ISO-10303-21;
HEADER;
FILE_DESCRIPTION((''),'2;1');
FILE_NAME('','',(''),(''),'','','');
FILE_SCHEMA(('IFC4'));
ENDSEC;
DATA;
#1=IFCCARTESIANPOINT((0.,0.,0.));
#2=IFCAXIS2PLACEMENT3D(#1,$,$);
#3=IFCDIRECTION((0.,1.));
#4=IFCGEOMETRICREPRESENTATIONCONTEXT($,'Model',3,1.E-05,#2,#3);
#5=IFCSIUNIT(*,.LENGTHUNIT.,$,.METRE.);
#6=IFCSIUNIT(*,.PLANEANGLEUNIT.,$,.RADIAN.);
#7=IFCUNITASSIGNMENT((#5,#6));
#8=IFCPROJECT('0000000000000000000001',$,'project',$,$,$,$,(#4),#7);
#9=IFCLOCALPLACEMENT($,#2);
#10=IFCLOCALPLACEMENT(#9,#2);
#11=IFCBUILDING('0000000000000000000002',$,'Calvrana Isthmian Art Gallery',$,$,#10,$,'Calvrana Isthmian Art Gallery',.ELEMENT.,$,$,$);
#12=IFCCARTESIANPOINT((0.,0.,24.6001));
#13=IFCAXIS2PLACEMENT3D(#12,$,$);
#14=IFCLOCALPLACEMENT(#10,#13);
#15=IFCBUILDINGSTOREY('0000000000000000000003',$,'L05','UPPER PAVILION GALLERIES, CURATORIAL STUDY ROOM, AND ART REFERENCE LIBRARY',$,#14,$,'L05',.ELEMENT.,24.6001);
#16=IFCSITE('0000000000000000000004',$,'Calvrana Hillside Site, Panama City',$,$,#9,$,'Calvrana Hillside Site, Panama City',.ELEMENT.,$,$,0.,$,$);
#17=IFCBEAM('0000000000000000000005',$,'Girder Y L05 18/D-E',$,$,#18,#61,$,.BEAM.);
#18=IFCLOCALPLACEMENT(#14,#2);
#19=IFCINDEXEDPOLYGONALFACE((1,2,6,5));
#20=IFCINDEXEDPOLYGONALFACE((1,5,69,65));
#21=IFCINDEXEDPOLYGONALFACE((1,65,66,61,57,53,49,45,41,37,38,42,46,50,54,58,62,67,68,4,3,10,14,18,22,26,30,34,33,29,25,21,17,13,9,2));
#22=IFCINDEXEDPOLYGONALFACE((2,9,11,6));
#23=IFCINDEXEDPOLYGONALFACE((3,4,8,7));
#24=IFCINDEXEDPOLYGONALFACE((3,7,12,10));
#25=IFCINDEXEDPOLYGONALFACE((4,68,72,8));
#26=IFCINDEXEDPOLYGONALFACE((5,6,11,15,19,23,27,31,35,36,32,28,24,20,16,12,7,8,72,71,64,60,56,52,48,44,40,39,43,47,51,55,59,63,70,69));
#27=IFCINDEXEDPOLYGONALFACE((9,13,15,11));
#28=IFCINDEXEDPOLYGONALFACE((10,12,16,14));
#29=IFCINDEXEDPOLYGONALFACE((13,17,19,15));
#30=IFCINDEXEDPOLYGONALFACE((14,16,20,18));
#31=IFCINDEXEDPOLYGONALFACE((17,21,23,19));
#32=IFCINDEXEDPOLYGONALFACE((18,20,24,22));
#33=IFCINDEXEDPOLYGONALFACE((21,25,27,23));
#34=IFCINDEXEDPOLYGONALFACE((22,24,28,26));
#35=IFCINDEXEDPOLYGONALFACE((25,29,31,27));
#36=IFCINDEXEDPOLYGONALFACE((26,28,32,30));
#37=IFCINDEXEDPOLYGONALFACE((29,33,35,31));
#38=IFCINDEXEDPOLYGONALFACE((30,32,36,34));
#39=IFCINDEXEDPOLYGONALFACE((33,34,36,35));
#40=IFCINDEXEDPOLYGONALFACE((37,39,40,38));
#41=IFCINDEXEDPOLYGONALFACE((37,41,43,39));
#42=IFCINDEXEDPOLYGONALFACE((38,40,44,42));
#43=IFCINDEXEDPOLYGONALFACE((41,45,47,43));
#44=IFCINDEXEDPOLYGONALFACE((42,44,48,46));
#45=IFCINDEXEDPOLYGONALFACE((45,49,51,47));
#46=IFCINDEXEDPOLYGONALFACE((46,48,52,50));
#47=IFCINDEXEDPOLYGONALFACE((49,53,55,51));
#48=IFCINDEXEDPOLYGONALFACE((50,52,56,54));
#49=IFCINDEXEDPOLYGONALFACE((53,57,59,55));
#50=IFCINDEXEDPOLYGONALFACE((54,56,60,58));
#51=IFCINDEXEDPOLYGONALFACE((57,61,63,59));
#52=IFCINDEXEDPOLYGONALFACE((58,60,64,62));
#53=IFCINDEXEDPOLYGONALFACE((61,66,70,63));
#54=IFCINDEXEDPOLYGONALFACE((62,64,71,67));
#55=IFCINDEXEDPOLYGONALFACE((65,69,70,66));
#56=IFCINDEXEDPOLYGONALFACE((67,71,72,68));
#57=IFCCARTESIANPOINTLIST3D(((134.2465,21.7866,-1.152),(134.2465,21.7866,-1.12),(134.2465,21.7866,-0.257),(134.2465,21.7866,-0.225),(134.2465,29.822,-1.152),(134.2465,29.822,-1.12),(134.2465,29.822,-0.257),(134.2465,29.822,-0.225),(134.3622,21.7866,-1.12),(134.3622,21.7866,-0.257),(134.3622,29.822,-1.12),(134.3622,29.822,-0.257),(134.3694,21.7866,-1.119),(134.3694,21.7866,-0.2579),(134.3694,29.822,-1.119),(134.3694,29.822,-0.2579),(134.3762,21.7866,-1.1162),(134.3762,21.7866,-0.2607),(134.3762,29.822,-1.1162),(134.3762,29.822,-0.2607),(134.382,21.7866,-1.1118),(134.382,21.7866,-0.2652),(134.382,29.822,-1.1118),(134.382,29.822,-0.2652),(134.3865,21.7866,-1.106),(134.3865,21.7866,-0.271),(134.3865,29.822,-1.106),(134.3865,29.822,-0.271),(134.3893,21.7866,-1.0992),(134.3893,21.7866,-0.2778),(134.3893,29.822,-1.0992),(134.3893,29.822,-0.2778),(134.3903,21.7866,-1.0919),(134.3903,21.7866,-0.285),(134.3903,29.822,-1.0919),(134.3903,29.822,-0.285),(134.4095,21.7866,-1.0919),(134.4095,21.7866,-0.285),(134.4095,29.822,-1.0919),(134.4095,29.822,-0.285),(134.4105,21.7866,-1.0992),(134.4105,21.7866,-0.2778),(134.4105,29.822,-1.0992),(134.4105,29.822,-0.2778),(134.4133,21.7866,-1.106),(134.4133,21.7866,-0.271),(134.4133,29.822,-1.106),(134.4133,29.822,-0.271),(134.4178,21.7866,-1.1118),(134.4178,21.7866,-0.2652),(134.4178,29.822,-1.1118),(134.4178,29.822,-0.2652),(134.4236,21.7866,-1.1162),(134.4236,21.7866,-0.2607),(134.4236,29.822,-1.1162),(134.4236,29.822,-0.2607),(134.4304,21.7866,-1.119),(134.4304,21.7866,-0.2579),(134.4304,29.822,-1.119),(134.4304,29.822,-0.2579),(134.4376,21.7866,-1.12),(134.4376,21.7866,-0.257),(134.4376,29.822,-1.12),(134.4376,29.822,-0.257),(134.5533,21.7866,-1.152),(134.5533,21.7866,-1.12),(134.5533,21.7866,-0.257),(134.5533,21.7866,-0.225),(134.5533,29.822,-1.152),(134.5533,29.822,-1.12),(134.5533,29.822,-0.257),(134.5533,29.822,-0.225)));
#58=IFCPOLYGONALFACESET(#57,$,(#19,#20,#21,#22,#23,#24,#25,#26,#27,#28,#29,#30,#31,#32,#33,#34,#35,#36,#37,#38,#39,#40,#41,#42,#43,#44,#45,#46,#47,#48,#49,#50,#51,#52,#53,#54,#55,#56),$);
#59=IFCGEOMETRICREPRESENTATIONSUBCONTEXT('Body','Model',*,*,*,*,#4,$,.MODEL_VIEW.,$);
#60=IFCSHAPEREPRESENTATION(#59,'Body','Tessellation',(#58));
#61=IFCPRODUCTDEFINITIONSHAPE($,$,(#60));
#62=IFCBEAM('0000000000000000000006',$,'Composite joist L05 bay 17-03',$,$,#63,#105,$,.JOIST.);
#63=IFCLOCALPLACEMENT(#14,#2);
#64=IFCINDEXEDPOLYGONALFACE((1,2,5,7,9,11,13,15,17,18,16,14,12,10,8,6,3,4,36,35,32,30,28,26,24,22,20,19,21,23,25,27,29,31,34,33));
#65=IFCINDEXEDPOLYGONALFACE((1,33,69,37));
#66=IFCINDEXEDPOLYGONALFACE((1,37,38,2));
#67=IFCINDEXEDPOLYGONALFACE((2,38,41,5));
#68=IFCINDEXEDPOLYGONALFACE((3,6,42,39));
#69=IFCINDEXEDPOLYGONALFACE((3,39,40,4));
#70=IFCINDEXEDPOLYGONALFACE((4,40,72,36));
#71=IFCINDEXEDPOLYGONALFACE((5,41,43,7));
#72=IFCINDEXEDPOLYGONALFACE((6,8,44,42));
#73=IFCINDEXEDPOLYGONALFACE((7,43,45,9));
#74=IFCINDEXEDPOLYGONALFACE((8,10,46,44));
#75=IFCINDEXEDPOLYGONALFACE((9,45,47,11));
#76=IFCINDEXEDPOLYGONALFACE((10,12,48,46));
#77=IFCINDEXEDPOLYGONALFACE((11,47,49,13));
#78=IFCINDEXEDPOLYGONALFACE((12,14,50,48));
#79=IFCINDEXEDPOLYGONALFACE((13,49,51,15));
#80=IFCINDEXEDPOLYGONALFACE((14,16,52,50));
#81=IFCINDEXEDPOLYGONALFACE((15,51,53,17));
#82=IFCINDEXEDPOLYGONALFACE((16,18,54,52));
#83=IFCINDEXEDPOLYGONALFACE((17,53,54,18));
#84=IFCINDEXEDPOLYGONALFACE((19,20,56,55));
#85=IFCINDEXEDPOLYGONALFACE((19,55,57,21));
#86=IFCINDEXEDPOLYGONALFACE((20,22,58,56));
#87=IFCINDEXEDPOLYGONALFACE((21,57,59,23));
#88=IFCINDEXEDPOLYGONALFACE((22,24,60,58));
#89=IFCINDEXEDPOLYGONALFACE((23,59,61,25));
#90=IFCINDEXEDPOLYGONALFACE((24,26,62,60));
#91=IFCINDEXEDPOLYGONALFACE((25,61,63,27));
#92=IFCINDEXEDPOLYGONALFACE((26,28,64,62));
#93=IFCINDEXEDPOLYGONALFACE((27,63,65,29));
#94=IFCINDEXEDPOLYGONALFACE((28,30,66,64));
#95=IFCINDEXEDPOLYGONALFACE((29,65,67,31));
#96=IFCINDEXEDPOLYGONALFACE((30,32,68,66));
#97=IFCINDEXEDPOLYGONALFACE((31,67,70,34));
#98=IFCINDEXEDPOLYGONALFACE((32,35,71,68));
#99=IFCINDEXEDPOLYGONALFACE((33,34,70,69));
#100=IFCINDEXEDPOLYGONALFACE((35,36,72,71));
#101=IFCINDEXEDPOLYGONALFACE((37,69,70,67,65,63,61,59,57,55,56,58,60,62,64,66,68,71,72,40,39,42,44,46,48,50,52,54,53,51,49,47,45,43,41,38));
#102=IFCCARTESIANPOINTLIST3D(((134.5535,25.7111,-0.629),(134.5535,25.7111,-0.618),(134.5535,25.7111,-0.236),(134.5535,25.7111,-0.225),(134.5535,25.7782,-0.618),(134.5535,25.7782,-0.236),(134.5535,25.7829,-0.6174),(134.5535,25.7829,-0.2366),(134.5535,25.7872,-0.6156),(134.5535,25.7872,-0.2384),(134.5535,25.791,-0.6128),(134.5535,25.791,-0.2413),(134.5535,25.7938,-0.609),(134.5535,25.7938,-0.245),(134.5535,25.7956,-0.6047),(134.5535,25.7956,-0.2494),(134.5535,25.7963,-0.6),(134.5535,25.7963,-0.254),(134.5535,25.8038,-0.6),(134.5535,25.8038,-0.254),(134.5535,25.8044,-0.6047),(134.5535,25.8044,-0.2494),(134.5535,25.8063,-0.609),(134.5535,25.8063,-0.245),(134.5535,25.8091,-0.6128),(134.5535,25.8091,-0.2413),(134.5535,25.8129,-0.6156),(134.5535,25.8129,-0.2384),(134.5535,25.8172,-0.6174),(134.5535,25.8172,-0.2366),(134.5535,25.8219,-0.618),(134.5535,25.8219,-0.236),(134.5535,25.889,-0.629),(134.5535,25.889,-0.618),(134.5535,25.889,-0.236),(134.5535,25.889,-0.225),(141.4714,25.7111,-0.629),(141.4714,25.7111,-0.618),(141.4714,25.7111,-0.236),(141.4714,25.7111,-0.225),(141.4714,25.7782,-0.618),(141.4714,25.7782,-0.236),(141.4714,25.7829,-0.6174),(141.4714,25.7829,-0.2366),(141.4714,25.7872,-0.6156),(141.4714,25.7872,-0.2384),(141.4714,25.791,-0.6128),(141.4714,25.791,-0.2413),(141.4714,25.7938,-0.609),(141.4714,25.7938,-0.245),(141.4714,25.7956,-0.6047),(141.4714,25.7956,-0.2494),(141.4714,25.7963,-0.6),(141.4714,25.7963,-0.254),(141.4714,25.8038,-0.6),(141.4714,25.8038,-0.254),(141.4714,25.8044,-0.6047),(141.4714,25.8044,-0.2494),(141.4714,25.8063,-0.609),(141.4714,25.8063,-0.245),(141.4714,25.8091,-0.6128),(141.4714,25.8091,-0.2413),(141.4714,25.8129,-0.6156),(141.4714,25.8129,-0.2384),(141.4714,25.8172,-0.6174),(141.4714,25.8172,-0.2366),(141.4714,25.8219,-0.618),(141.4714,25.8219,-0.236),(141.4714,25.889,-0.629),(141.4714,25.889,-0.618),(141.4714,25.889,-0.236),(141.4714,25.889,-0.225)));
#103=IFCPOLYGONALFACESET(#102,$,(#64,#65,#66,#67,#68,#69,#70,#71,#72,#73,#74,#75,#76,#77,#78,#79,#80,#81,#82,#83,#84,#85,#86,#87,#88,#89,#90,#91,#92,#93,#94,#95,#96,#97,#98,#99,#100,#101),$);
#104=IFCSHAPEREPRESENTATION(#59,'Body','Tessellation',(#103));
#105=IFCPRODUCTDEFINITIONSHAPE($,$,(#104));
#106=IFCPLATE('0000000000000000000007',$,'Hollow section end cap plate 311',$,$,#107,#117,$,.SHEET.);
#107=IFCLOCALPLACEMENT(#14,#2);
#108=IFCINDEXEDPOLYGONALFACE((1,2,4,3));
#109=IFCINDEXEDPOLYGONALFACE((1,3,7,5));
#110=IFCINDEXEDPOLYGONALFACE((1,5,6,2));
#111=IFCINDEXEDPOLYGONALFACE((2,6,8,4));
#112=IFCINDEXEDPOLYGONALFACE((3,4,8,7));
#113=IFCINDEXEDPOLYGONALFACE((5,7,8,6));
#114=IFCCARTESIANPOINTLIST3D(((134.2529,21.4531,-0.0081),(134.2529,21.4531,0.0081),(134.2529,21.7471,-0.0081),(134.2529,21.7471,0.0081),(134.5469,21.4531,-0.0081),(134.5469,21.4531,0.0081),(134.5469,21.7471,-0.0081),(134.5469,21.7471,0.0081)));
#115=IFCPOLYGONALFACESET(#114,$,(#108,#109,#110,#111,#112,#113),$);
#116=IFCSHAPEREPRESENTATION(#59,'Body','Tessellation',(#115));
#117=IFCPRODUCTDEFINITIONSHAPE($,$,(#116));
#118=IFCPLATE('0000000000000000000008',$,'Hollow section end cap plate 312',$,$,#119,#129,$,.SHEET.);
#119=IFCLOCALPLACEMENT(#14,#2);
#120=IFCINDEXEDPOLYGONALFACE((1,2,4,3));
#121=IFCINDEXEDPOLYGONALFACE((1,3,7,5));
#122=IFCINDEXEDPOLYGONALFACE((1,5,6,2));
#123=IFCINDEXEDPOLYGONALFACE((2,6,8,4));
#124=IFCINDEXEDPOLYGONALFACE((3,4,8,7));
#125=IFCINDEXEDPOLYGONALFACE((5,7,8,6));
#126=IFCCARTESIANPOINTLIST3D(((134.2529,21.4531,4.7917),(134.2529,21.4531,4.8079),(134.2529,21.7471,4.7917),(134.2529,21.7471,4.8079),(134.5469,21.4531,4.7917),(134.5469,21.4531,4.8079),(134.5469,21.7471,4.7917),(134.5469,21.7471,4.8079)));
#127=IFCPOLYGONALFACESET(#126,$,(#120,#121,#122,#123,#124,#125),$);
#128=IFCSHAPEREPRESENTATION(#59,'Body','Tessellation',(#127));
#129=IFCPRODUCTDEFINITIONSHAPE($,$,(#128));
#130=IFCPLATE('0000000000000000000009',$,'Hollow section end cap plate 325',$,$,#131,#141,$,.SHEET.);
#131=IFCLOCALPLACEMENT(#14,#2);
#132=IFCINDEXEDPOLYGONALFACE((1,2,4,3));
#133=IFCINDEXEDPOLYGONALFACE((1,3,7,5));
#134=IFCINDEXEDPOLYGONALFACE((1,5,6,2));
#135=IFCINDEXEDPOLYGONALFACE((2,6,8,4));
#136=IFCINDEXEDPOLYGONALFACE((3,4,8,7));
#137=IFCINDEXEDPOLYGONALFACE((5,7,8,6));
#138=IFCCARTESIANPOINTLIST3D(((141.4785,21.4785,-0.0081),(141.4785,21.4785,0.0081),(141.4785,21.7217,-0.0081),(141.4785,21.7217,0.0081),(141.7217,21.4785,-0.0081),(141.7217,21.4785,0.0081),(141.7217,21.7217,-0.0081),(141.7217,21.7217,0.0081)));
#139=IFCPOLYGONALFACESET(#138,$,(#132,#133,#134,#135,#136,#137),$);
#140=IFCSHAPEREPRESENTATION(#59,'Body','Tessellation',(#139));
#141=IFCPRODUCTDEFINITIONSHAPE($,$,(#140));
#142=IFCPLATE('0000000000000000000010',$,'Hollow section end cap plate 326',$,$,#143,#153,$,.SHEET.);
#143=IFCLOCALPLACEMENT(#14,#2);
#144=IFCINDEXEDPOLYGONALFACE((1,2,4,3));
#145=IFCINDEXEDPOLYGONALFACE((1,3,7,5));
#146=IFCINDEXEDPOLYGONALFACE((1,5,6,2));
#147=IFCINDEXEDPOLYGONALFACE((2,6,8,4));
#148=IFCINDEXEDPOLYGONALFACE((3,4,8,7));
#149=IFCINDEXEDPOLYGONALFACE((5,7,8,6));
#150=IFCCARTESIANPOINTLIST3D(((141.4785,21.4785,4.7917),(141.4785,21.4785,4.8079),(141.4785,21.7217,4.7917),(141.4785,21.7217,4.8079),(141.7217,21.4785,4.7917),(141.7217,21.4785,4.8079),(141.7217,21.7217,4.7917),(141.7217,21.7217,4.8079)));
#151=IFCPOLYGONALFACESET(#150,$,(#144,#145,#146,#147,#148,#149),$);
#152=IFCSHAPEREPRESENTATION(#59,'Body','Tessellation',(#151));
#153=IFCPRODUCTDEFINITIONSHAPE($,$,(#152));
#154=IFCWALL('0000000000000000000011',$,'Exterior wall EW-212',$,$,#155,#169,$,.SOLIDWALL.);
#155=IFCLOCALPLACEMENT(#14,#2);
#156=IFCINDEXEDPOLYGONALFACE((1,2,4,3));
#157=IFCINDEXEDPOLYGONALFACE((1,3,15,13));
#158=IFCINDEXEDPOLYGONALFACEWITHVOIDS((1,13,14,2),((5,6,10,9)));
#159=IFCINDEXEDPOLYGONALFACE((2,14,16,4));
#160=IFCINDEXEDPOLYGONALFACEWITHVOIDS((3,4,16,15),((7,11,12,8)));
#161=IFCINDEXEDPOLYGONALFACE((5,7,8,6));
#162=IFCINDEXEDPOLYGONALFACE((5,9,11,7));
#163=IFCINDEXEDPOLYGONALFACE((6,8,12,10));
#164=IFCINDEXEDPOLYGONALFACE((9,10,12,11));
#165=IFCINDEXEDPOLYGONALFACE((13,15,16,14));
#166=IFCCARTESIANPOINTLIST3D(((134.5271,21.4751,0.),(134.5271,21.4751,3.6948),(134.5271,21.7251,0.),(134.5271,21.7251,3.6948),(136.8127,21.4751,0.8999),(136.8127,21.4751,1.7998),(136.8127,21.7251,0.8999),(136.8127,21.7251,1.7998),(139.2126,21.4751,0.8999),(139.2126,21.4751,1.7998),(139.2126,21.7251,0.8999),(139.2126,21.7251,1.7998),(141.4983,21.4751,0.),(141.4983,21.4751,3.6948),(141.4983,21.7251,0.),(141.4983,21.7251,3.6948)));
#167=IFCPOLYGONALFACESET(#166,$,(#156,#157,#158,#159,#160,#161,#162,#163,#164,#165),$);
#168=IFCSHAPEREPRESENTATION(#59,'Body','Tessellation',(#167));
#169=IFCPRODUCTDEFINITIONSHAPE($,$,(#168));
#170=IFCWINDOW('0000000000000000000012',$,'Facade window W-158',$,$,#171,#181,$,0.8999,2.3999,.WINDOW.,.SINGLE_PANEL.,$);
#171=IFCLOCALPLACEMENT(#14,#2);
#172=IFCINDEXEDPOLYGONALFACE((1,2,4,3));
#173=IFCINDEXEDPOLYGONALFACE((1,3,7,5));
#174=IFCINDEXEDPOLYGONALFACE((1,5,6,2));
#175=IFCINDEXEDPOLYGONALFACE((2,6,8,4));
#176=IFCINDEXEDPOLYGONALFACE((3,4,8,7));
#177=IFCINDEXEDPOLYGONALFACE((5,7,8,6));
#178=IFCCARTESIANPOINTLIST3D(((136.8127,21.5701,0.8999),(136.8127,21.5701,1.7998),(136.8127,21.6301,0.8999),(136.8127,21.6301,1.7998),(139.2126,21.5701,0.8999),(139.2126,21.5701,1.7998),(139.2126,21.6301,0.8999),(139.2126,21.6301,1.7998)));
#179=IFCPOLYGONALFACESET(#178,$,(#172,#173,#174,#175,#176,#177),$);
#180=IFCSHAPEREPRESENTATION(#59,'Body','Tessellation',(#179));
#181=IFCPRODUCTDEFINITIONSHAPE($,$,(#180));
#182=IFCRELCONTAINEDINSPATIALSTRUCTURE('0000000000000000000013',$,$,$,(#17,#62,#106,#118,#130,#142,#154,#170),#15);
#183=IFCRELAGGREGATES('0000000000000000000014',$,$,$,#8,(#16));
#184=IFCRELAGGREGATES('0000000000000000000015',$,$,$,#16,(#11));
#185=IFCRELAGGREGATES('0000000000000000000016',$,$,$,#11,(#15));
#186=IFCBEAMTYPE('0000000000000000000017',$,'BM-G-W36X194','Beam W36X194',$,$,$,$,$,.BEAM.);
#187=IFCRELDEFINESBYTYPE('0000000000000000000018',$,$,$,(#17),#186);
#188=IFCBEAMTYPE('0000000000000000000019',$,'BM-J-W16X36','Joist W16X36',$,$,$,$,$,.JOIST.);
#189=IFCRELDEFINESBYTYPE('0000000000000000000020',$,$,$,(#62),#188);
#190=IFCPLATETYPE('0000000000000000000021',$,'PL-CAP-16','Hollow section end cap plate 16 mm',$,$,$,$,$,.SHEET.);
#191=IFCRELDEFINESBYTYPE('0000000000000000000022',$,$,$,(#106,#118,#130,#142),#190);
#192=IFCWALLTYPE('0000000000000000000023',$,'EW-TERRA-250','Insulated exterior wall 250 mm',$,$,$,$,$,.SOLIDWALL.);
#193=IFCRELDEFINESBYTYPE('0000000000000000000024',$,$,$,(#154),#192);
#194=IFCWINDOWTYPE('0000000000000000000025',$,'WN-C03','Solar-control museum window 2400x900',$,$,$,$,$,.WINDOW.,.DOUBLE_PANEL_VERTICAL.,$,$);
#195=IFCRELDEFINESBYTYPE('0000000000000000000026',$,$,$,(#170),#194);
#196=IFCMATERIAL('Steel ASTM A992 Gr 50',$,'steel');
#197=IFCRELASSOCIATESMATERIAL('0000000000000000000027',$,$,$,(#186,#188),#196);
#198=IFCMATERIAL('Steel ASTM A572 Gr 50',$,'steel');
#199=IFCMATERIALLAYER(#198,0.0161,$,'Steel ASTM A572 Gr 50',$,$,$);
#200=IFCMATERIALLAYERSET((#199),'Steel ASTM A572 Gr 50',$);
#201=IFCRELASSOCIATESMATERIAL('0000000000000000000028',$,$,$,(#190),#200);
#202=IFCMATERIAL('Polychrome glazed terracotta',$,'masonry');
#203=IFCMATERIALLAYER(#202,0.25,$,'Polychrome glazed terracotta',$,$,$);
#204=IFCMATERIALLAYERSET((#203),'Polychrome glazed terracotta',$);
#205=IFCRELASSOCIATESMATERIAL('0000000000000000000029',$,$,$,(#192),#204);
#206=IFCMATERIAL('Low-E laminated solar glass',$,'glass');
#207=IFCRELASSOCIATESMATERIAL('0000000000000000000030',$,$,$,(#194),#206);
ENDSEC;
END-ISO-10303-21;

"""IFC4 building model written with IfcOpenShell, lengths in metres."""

from ifc_helpers import new_model, si_unit, direction, frame, frame_2d, origin, origin_2d, place, context, subcontext, project, spatial, rectangle, i_section, extrude, material, layer, layer_set, material_profile, profile_set, type_object, element, fill, save


model = new_model("IFC4")

# Units and contexts
model_context = context("Model", 3, precision=1e-05, world=origin(), true_north=direction((0.0, 1.0)))
body_context = subcontext(model_context, "Body", "Model", "MODEL_VIEW")
ifc_project = project(units=[si_unit("LENGTHUNIT", "METRE"), si_unit("PLANEANGLEUNIT", "RADIAN")], contexts=[model_context])

# Site, building, storey
site_placement = place(None, origin())
site = spatial("IfcSite", under=ifc_project, at=site_placement, Name="Calvrana Hillside Site, Panama City", LongName="Calvrana Hillside Site, Panama City", CompositionType="ELEMENT", RefElevation=0.0)
building_placement = place(site_placement, origin())
building = spatial("IfcBuilding", under=site, at=building_placement, Name="Calvrana Isthmian Art Gallery", LongName="Calvrana Isthmian Art Gallery", CompositionType="ELEMENT")
storey_placement = place(building_placement, frame((0.0, 0.0, 24.6001)))
storey = spatial("IfcBuildingStorey", under=building, at=storey_placement, Name="L05", Description="UPPER PAVILION GALLERIES, CURATORIAL STUDY ROOM, AND ART REFERENCE LIBRARY", LongName="L05", CompositionType="ELEMENT", Elevation=24.6001)

# Beams
ifc_material_1 = material(Name="Steel ASTM A992 Gr 50", Category="steel")
ifc_material_profile_1 = material_profile(ifc_material_1, i_section(OverallWidth=0.3069, OverallDepth=0.927, WebThickness=0.0193, FlangeThickness=0.032, FilletRadius=0.0281, at=origin_2d()), Name="W36X194")
ifc_profile_set_1 = profile_set([ifc_material_profile_1], Name="Steel ASTM A992 Gr 50")
beam_type_1 = type_object("IfcBeamType", Name="BM-G-W36X194", Description="Beam W36X194", PredefinedType="BEAM", material=ifc_profile_set_1)
beam_1_placement = place(storey_placement, frame((134.3999, 21.7866, -0.6885), z_axis=(0.0, 1.0, 0.0), x_axis=(-1.0, 0.0, 0.0)))
element("IfcBeam", 1, at=beam_1_placement, inside=storey, type_object=beam_type_1, Name="Girder Y L05 18/D-E", PredefinedType="BEAM", context=body_context, shape_type="SweptSolid", body=[
    extrude(i_section(OverallWidth=0.3069, OverallDepth=0.927, WebThickness=0.0193, FlangeThickness=0.032, FilletRadius=0.0281, at=origin_2d()), origin(), (0.0, 0.0, 1.0), 8.0354),
])
ifc_material_profile_2 = material_profile(ifc_material_1, i_section(OverallWidth=0.178, OverallDepth=0.4041, WebThickness=0.0076, FlangeThickness=0.011, FilletRadius=0.0181, at=origin_2d()), Name="W16X36")
ifc_profile_set_2 = profile_set([ifc_material_profile_2], Name="Steel ASTM A992 Gr 50")
beam_type_2 = type_object("IfcBeamType", Name="BM-J-W16X36", Description="Joist W16X36", PredefinedType="JOIST", material=ifc_profile_set_2)
beam_2_placement = place(storey_placement, frame((134.5535, 25.8, -0.427), z_axis=(1.0, 0.0, 0.0), x_axis=(0.0, 1.0, 0.0)))
element("IfcBeam", 2, at=beam_2_placement, inside=storey, type_object=beam_type_2, Name="Composite joist L05 bay 17-03", PredefinedType="JOIST", context=body_context, shape_type="SweptSolid", body=[
    extrude(i_section(OverallWidth=0.178, OverallDepth=0.4041, WebThickness=0.0076, FlangeThickness=0.011, FilletRadius=0.0181, at=origin_2d()), origin(), (0.0, 0.0, 1.0), 6.918),
])

# Plates
ifc_material_2 = material(Name="Steel ASTM A572 Gr 50", Category="steel")
ifc_layer_1 = layer(ifc_material_2, 0.0161, Name="Steel ASTM A572 Gr 50")
ifc_layer_set_1 = layer_set([ifc_layer_1], Name="Steel ASTM A572 Gr 50")
plate_type = type_object("IfcPlateType", Name="PL-CAP-16", Description="Hollow section end cap plate 16 mm", PredefinedType="SHEET", material=ifc_layer_set_1)
for number, where, z_axis, x_axis, name in (
    (3, (134.3999, 21.6001, -0.0081), (0.0, 0.0, 1.0), (1.0, 0.0, 0.0), "Hollow section end cap plate 311"),
    (4, (134.3999, 21.6001, 4.7917), (0.0, 0.0, 1.0), (1.0, 0.0, 0.0), "Hollow section end cap plate 312"),
):
    element("IfcPlate", number, at=place(storey_placement, frame(where, z_axis=z_axis, x_axis=x_axis)), inside=storey, type_object=plate_type, Name=name, PredefinedType="SHEET", context=body_context, shape_type="SweptSolid", body=[
        extrude(rectangle(XDim=0.2939, YDim=0.2939, at=origin_2d()), origin(), (0.0, 0.0, 1.0), 0.0161),
    ])
for number, where, z_axis, x_axis, name in (
    (5, (141.6001, 21.6001, -0.0081), (0.0, 0.0, 1.0), (1.0, 0.0, 0.0), "Hollow section end cap plate 325"),
    (6, (141.6001, 21.6001, 4.7917), (0.0, 0.0, 1.0), (1.0, 0.0, 0.0), "Hollow section end cap plate 326"),
):
    element("IfcPlate", number, at=place(storey_placement, frame(where, z_axis=z_axis, x_axis=x_axis)), inside=storey, type_object=plate_type, Name=name, PredefinedType="SHEET", context=body_context, shape_type="SweptSolid", body=[
        extrude(rectangle(XDim=0.2432, YDim=0.2432, at=origin_2d()), origin(), (0.0, 0.0, 1.0), 0.0161),
    ])

# Wall, opening, window
ifc_material_3 = material(Name="Polychrome glazed terracotta", Category="masonry")
ifc_layer_2 = layer(ifc_material_3, 0.25, Name="Polychrome glazed terracotta")
ifc_layer_set_2 = layer_set([ifc_layer_2], Name="Polychrome glazed terracotta")
wall_type_1 = type_object("IfcWallType", Name="EW-TERRA-250", Description="Insulated exterior wall 250 mm", PredefinedType="SOLIDWALL", material=ifc_layer_set_2)
wall_1_placement = place(storey_placement, frame((141.4983, 21.6001, 0.0), z_axis=(0.0, 0.0, 1.0), x_axis=(-1.0, 0.0, 0.0)))
wall_1 = element("IfcWall", 7, at=wall_1_placement, inside=storey, type_object=wall_type_1, Name="Exterior wall EW-212", PredefinedType="SOLIDWALL", context=body_context, shape_type="SweptSolid", body=[
    extrude(rectangle(XDim=6.9712, YDim=0.25, at=frame_2d((3.4856, 0.0))), origin(), (0.0, 0.0, 1.0), 3.6948),
])
opening_placement = place(wall_1_placement, frame((2.2856, 0.0, 0.8999)))
opening = element("IfcOpeningElement", 8, at=opening_placement, cuts=wall_1, PredefinedType="OPENING", context=body_context, shape_type="SweptSolid", body=[
    extrude(rectangle(XDim=2.3999, YDim=0.8999, at=frame_2d((1.2, 0.45))), frame((0.0, 0.1353, 0.0), z_axis=(0.0, -1.0, 0.0), x_axis=(1.0, 0.0, 0.0)), (0.0, 0.0, 1.0), 0.2705),
])
ifc_material_4 = material(Name="Low-E laminated solar glass", Category="glass")
window_type = type_object("IfcWindowType", Name="WN-C03", Description="Solar-control museum window 2400x900", PartitioningType="DOUBLE_PANEL_VERTICAL", PredefinedType="WINDOW", material=ifc_material_4)
window_placement = place(opening_placement, origin())
window = element("IfcWindow", 9, at=window_placement, inside=storey, type_object=window_type, Name="Facade window W-158", OverallHeight=0.8999, OverallWidth=2.3999, PartitioningType="SINGLE_PANEL", PredefinedType="WINDOW", context=body_context, shape_type="SweptSolid", body=[
    extrude(rectangle(XDim=2.3999, YDim=0.8999, at=frame_2d((1.2, 0.45))), frame((0.0, 0.03, 0.0), z_axis=(0.0, -1.0, 0.0), x_axis=(1.0, 0.0, 0.0)), (0.0, 0.0, 1.0), 0.0601),
])
fill(opening, window)

save(model, "model.ifc")
